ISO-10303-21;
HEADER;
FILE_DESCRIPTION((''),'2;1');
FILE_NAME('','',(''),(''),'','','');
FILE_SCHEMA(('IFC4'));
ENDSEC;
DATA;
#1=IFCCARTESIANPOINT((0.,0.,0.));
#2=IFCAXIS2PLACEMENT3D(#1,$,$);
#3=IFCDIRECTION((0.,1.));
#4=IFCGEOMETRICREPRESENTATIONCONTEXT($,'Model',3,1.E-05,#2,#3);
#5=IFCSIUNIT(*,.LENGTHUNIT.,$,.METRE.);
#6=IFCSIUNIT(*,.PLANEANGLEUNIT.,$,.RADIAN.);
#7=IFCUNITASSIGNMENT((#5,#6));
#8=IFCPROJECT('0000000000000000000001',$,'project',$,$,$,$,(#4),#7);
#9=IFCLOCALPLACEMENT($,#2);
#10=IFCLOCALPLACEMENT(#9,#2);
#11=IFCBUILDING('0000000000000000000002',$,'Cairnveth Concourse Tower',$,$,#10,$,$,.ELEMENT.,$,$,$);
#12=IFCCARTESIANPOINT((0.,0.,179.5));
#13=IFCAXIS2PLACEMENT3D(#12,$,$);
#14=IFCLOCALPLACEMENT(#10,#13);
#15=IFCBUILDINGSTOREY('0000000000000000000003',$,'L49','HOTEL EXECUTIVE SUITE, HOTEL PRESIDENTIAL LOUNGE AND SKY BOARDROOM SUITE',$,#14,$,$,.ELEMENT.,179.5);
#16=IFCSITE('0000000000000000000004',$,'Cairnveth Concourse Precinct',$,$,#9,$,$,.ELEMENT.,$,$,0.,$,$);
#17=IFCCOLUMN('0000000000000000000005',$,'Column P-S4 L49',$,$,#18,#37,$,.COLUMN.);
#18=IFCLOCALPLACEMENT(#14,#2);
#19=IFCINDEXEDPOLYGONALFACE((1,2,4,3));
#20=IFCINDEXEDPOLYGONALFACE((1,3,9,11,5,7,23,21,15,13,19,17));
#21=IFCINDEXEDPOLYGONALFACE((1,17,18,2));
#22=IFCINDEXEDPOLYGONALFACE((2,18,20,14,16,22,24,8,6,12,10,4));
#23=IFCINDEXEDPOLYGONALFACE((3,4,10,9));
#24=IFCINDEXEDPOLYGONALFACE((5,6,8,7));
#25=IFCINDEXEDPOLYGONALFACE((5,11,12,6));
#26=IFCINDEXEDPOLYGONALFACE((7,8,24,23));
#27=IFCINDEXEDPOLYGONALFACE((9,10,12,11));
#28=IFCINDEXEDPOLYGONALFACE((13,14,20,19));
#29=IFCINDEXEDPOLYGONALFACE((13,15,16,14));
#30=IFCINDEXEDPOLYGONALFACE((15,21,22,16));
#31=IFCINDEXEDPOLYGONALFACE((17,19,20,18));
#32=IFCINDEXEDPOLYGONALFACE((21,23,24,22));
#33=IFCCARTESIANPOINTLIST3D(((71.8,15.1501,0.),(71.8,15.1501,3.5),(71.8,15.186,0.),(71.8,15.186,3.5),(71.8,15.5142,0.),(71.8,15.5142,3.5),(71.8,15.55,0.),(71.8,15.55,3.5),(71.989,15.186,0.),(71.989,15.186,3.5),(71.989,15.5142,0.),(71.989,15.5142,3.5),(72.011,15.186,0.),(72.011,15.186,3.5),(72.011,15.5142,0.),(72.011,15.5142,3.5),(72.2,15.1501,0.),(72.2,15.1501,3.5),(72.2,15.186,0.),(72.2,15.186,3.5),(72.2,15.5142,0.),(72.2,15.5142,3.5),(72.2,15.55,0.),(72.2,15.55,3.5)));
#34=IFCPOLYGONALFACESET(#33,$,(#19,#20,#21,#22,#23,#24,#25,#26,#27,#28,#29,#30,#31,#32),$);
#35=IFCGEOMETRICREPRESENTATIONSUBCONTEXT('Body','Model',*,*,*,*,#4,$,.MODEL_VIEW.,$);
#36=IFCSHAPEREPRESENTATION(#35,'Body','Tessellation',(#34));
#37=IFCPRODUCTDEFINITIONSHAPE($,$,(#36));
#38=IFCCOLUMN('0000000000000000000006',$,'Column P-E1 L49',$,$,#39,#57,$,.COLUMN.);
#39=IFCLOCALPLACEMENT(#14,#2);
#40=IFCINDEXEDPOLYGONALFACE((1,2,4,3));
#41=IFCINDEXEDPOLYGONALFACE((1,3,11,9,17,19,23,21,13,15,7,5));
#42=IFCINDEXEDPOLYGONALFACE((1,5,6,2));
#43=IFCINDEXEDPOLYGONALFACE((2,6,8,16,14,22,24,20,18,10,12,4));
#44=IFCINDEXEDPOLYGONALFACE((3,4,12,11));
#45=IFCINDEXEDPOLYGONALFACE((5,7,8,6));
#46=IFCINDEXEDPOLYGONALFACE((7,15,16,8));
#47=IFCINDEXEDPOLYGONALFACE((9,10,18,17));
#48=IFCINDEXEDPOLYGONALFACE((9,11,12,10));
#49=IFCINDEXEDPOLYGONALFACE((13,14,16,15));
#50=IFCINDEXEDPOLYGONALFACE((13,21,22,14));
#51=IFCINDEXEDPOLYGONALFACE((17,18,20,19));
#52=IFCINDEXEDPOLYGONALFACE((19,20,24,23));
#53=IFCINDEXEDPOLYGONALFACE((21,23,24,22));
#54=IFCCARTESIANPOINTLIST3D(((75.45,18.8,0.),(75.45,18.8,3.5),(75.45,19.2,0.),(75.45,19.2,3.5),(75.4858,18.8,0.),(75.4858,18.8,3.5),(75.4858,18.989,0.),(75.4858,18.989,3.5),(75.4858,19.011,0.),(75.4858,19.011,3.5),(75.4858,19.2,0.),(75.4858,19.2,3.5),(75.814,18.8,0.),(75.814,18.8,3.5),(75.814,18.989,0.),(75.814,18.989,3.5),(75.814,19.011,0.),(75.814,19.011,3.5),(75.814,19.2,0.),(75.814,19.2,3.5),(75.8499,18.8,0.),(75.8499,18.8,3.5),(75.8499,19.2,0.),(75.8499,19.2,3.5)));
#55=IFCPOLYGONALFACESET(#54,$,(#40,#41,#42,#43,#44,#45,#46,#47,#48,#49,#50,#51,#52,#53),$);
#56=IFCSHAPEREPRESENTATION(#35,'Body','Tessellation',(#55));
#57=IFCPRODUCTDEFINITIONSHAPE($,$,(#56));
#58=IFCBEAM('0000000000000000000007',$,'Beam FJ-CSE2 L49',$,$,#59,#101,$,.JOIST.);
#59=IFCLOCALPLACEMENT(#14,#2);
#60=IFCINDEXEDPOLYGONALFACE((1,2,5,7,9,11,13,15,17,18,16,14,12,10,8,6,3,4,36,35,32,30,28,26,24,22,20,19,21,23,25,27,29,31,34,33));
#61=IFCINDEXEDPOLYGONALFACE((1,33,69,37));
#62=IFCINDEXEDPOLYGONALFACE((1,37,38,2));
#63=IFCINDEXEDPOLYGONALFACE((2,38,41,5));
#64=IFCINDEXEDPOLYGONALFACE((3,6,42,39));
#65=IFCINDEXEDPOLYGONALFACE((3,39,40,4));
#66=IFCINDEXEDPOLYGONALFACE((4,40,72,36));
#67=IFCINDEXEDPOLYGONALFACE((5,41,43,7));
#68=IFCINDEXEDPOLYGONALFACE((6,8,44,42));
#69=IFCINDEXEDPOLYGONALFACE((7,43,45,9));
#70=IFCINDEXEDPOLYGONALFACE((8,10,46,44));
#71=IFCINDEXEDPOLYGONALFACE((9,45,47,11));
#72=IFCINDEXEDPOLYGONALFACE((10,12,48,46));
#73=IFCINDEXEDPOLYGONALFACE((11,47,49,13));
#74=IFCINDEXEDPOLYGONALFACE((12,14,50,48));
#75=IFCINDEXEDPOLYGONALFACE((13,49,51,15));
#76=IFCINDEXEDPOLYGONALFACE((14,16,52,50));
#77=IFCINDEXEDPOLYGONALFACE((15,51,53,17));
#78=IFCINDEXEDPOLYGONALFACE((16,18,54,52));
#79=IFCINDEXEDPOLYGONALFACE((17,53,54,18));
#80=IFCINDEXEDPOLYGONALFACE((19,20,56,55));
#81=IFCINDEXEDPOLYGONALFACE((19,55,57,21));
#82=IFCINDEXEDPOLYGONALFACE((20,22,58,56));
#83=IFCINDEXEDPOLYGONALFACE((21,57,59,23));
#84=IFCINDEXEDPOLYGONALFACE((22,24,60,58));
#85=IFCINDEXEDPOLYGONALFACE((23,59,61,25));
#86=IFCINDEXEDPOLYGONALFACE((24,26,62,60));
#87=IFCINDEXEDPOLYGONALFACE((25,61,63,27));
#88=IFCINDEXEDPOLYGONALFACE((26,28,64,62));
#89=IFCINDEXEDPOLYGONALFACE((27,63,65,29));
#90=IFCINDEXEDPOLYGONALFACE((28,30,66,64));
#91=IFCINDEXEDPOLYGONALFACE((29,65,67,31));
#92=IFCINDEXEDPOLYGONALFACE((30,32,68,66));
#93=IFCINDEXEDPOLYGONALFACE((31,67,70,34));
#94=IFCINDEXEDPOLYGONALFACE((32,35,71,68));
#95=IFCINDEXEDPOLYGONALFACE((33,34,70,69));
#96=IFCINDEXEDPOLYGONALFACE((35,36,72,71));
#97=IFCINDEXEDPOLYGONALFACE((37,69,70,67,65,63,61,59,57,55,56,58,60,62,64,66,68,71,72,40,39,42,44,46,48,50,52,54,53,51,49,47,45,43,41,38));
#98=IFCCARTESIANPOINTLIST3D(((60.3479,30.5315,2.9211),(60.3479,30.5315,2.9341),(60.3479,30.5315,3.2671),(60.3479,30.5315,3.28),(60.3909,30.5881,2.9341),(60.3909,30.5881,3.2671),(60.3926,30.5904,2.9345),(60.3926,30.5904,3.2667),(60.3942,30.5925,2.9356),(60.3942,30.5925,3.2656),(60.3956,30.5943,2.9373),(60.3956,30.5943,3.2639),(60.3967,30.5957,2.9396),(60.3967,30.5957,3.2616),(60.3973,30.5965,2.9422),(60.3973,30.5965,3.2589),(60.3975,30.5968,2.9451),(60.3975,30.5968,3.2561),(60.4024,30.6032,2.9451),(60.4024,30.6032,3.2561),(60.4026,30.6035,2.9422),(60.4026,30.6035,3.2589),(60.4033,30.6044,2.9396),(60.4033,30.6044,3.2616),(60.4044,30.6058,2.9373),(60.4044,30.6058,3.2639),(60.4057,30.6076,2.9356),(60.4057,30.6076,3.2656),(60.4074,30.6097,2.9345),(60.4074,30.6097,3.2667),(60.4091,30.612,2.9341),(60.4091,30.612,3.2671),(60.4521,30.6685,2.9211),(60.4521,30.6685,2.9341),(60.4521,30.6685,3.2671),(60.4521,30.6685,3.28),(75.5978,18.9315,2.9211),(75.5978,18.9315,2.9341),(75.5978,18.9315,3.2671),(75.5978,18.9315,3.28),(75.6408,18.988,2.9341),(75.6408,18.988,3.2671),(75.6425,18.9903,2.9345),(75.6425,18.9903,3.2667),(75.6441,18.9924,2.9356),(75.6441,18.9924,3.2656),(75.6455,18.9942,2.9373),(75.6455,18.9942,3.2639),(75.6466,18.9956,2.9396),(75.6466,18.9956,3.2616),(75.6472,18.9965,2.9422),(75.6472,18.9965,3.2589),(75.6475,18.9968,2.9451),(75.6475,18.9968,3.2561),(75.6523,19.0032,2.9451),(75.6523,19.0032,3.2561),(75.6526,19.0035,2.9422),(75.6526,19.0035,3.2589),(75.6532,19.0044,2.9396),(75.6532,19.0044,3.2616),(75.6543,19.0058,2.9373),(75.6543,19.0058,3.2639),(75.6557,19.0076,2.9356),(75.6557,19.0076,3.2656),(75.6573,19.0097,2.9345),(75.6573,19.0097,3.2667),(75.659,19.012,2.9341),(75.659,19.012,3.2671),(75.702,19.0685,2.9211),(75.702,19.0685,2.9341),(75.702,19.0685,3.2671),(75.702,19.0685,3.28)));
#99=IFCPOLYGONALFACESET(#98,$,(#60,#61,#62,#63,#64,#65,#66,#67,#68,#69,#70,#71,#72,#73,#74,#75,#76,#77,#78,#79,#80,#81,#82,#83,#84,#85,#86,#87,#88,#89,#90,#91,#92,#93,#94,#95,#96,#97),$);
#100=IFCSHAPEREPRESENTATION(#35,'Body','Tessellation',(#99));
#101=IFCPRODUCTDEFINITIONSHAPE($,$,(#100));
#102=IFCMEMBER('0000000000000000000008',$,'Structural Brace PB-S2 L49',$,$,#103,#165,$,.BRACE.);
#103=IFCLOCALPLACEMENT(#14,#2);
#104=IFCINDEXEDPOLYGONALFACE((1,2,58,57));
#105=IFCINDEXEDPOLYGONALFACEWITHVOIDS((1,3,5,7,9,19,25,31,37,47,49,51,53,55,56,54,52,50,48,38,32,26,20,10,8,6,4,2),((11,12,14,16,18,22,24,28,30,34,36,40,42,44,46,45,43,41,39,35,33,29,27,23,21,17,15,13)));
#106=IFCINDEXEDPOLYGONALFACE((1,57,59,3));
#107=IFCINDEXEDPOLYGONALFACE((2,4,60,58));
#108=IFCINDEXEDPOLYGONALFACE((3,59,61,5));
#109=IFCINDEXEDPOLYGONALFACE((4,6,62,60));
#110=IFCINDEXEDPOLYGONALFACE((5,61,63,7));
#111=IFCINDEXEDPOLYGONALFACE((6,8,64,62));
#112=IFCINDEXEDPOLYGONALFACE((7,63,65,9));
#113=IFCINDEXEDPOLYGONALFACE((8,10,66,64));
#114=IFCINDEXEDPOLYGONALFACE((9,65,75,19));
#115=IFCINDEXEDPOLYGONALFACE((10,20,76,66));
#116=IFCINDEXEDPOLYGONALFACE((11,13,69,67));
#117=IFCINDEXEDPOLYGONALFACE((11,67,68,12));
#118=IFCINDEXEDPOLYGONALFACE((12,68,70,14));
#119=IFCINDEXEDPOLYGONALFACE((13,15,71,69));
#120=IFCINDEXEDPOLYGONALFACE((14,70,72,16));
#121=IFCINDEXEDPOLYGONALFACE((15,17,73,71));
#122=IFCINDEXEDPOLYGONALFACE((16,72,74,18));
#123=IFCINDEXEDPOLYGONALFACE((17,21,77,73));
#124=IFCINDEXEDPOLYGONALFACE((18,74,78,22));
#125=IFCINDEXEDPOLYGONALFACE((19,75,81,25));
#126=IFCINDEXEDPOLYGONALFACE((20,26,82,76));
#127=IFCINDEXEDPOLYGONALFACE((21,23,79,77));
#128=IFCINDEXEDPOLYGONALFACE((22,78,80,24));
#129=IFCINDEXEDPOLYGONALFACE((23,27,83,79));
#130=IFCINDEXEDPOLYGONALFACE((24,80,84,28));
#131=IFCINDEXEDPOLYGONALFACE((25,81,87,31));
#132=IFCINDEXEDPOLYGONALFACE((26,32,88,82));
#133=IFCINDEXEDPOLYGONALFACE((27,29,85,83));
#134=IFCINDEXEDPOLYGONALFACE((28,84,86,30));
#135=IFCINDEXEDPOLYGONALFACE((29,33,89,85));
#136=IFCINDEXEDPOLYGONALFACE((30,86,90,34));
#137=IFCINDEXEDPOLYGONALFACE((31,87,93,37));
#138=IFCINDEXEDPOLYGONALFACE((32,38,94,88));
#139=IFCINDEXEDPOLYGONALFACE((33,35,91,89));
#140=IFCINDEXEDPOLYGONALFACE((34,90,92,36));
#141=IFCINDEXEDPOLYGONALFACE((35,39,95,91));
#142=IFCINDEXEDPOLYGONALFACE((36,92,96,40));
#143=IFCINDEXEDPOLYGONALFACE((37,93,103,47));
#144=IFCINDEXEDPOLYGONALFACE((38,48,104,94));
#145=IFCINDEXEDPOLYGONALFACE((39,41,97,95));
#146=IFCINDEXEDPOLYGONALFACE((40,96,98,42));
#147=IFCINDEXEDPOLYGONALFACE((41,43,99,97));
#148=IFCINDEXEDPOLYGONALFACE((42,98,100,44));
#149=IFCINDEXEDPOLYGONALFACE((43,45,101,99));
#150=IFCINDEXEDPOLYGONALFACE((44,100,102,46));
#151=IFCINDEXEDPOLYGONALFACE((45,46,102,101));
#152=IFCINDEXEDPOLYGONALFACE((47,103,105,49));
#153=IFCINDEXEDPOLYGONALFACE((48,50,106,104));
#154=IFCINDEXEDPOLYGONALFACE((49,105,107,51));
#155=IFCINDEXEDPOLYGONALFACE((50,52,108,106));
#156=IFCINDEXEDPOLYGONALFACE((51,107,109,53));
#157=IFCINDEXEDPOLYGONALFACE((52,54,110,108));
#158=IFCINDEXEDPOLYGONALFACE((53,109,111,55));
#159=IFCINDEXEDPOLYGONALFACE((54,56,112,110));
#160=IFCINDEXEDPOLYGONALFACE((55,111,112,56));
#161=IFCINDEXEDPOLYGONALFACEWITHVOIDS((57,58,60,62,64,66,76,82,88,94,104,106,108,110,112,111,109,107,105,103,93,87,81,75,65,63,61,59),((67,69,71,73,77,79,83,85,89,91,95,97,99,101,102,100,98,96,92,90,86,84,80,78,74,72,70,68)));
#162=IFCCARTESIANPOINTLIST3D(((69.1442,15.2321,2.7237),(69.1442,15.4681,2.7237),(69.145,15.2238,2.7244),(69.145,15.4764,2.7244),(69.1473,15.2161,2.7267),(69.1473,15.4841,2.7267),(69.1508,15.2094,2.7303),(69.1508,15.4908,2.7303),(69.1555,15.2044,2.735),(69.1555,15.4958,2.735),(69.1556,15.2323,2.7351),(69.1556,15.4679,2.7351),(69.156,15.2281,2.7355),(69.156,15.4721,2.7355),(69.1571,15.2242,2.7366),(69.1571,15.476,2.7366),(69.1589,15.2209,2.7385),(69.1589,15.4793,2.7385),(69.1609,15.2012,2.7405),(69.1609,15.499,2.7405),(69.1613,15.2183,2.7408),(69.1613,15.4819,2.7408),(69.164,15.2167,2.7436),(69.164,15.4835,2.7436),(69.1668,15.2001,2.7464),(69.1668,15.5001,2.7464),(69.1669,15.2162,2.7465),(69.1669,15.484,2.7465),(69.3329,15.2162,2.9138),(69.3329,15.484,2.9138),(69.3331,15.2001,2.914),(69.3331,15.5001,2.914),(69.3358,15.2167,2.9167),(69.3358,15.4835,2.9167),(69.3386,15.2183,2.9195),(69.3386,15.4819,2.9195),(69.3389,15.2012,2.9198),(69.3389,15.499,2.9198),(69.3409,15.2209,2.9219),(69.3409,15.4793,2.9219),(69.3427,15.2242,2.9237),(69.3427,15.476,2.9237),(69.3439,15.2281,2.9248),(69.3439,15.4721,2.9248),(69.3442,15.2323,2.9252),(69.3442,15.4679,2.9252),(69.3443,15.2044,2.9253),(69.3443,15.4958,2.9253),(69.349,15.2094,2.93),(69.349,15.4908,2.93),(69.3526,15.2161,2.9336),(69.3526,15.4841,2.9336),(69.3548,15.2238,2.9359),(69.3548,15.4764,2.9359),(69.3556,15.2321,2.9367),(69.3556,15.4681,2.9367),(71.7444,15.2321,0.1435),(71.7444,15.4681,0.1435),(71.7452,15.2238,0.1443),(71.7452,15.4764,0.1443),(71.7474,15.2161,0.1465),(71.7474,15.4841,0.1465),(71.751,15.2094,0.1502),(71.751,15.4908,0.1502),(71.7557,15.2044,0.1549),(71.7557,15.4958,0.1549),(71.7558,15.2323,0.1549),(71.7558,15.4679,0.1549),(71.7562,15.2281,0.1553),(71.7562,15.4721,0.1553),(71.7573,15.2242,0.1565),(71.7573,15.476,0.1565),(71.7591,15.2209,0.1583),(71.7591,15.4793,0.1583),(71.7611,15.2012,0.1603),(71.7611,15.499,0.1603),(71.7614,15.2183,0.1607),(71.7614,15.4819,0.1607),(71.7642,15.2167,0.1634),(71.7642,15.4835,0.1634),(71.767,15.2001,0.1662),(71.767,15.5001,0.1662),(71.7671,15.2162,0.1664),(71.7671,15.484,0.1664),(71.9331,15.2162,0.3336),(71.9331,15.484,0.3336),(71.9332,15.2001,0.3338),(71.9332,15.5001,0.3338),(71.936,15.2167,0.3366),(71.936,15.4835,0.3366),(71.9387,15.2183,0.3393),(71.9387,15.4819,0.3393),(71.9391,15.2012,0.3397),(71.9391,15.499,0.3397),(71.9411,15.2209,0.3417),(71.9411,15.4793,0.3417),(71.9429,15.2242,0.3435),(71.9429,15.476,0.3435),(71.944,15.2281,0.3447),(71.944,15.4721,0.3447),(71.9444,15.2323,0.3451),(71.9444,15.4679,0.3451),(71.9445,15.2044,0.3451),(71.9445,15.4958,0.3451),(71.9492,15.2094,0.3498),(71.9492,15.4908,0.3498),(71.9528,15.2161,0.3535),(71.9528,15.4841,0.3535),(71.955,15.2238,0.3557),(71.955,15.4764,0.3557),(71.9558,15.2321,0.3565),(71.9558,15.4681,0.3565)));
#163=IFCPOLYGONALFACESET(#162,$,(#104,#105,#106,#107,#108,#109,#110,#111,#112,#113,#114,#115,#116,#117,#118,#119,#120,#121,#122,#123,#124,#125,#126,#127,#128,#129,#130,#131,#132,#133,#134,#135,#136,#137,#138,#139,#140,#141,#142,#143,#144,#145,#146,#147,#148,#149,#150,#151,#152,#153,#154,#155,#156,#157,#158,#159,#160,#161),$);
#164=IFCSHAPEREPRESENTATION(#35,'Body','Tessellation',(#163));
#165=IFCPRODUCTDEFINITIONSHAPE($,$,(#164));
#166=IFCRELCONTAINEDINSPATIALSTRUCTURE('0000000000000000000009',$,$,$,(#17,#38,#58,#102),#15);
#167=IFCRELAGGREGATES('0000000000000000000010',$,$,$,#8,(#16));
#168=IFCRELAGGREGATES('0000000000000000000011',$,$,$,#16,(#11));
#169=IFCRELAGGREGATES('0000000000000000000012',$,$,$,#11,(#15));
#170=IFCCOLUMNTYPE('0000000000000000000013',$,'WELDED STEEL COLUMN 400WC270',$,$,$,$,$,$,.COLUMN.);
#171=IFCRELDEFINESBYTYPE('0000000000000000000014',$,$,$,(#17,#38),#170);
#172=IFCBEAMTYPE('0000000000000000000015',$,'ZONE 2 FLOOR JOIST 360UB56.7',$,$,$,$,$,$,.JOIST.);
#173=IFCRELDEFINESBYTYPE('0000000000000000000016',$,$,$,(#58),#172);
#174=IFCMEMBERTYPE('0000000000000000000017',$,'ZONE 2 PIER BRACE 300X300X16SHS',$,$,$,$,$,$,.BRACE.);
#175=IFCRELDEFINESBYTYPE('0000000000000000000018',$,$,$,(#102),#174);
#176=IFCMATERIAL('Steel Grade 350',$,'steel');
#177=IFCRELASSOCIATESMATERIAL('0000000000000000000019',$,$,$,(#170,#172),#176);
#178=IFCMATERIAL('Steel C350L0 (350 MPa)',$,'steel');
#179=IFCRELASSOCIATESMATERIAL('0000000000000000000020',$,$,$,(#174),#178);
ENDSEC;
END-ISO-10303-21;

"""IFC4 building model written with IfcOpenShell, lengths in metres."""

from ifc_helpers import new_model, si_unit, direction, frame, origin, origin_2d, place, context, subcontext, project, spatial, hollow_rectangle, i_section, extrude, material, material_profile, profile_set, type_object, element, save


model = new_model("IFC4")

# Units and contexts
model_context = context("Model", 3, precision=1e-05, world=origin(), true_north=direction((0.0, 1.0)))
body_context = subcontext(model_context, "Body", "Model", "MODEL_VIEW")
ifc_project = project(units=[si_unit("LENGTHUNIT", "METRE"), si_unit("PLANEANGLEUNIT", "RADIAN")], contexts=[model_context])

# Site, building, storey
site_placement = place(None, origin())
site = spatial("IfcSite", under=ifc_project, at=site_placement, Name="Cairnveth Concourse Precinct", CompositionType="ELEMENT", RefElevation=0.0)
building_placement = place(site_placement, origin())
building = spatial("IfcBuilding", under=site, at=building_placement, Name="Cairnveth Concourse Tower", CompositionType="ELEMENT")
storey_placement = place(building_placement, frame((0.0, 0.0, 179.5)))
storey = spatial("IfcBuildingStorey", under=building, at=storey_placement, Name="L49", Description="HOTEL EXECUTIVE SUITE, HOTEL PRESIDENTIAL LOUNGE AND SKY BOARDROOM SUITE", CompositionType="ELEMENT", Elevation=179.5)

# Columns
ifc_material_1 = material(Name="Steel Grade 350", Category="steel")
ifc_material_profile_1 = material_profile(ifc_material_1, i_section(OverallWidth=0.3999, OverallDepth=0.3999, WebThickness=0.022, FlangeThickness=0.0359, at=origin_2d()), Name="400WC270")
ifc_profile_set_1 = profile_set([ifc_material_profile_1], Name="Steel Grade 350")
column_type = type_object("IfcColumnType", Name="WELDED STEEL COLUMN 400WC270", PredefinedType="COLUMN", material=ifc_profile_set_1)
for number, where, z_axis, x_axis, name in (
    (1, (72.0, 15.3501, 0.0), (0.0, 0.0, 1.0), (1.0, 0.0, 0.0), "Column P-S4 L49"),
    (2, (75.6499, 19.0, 0.0), (0.0, 0.0, 1.0), (0.0, 1.0, 0.0), "Column P-E1 L49"),
):
    element("IfcColumn", number, at=place(storey_placement, frame(where, z_axis=z_axis, x_axis=x_axis)), inside=storey, type_object=column_type, Name=name, PredefinedType="COLUMN", context=body_context, shape_type="SweptSolid", body=[
        extrude(i_section(OverallWidth=0.3999, OverallDepth=0.3999, WebThickness=0.022, FlangeThickness=0.0359, at=origin_2d()), origin(), (0.0, 0.0, 1.0), 3.5),
    ])

# Beam
ifc_material_profile_2 = material_profile(ifc_material_1, i_section(OverallWidth=0.1721, OverallDepth=0.3589, WebThickness=0.0081, FlangeThickness=0.0129, FilletRadius=0.011, at=origin_2d()), Name="360UB56.7")
ifc_profile_set_2 = profile_set([ifc_material_profile_2], Name="Steel Grade 350")
beam_type_1 = type_object("IfcBeamType", Name="ZONE 2 FLOOR JOIST 360UB56.7", PredefinedType="JOIST", material=ifc_profile_set_2)
beam_1_placement = place(storey_placement, frame((75.6499, 19.0, 3.1006), z_axis=(-0.795908, 0.605417, 0.0), x_axis=(-0.605417, -0.795908, 0.0)))
element("IfcBeam", 3, at=beam_1_placement, inside=storey, type_object=beam_type_1, Name="Beam FJ-CSE2 L49", PredefinedType="JOIST", context=body_context, shape_type="SweptSolid", body=[
    extrude(i_section(OverallWidth=0.1721, OverallDepth=0.3589, WebThickness=0.0081, FlangeThickness=0.0129, FilletRadius=0.011, at=origin_2d()), origin(), (0.0, 0.0, 1.0), 19.1604),
])

# Member
ifc_material_2 = material(Name="Steel C350L0 (350 MPa)", Category="steel")
ifc_material_profile_3 = material_profile(ifc_material_2, hollow_rectangle(XDim=0.3, YDim=0.3, WallThickness=0.0161, InnerFilletRadius=0.0161, OuterFilletRadius=0.032, at=origin_2d()), Name="300x300x16.0SHS")
ifc_profile_set_3 = profile_set([ifc_material_profile_3], Name="Steel C350L0 (350 MPa)")
member_type = type_object("IfcMemberType", Name="ZONE 2 PIER BRACE 300X300X16SHS", PredefinedType="BRACE", material=ifc_profile_set_3)
for number, where, z_axis, x_axis, name in (
    (4, (71.8501, 15.3501, 0.25), (-0.709834, 0.0, 0.704369), (0.0, -1.0, 0.0), "Structural Brace PB-S2 L49"),
):
    element("IfcMember", number, at=place(storey_placement, frame(where, z_axis=z_axis, x_axis=x_axis)), inside=storey, type_object=member_type, Name=name, PredefinedType="BRACE", context=body_context, shape_type="SweptSolid", body=[
        extrude(hollow_rectangle(XDim=0.3, YDim=0.3, WallThickness=0.0161, InnerFilletRadius=0.0161, OuterFilletRadius=0.032, at=origin_2d()), origin(), (0.0, 0.0, 1.0), 3.6631),
    ])

save(model, "model.ifc")
